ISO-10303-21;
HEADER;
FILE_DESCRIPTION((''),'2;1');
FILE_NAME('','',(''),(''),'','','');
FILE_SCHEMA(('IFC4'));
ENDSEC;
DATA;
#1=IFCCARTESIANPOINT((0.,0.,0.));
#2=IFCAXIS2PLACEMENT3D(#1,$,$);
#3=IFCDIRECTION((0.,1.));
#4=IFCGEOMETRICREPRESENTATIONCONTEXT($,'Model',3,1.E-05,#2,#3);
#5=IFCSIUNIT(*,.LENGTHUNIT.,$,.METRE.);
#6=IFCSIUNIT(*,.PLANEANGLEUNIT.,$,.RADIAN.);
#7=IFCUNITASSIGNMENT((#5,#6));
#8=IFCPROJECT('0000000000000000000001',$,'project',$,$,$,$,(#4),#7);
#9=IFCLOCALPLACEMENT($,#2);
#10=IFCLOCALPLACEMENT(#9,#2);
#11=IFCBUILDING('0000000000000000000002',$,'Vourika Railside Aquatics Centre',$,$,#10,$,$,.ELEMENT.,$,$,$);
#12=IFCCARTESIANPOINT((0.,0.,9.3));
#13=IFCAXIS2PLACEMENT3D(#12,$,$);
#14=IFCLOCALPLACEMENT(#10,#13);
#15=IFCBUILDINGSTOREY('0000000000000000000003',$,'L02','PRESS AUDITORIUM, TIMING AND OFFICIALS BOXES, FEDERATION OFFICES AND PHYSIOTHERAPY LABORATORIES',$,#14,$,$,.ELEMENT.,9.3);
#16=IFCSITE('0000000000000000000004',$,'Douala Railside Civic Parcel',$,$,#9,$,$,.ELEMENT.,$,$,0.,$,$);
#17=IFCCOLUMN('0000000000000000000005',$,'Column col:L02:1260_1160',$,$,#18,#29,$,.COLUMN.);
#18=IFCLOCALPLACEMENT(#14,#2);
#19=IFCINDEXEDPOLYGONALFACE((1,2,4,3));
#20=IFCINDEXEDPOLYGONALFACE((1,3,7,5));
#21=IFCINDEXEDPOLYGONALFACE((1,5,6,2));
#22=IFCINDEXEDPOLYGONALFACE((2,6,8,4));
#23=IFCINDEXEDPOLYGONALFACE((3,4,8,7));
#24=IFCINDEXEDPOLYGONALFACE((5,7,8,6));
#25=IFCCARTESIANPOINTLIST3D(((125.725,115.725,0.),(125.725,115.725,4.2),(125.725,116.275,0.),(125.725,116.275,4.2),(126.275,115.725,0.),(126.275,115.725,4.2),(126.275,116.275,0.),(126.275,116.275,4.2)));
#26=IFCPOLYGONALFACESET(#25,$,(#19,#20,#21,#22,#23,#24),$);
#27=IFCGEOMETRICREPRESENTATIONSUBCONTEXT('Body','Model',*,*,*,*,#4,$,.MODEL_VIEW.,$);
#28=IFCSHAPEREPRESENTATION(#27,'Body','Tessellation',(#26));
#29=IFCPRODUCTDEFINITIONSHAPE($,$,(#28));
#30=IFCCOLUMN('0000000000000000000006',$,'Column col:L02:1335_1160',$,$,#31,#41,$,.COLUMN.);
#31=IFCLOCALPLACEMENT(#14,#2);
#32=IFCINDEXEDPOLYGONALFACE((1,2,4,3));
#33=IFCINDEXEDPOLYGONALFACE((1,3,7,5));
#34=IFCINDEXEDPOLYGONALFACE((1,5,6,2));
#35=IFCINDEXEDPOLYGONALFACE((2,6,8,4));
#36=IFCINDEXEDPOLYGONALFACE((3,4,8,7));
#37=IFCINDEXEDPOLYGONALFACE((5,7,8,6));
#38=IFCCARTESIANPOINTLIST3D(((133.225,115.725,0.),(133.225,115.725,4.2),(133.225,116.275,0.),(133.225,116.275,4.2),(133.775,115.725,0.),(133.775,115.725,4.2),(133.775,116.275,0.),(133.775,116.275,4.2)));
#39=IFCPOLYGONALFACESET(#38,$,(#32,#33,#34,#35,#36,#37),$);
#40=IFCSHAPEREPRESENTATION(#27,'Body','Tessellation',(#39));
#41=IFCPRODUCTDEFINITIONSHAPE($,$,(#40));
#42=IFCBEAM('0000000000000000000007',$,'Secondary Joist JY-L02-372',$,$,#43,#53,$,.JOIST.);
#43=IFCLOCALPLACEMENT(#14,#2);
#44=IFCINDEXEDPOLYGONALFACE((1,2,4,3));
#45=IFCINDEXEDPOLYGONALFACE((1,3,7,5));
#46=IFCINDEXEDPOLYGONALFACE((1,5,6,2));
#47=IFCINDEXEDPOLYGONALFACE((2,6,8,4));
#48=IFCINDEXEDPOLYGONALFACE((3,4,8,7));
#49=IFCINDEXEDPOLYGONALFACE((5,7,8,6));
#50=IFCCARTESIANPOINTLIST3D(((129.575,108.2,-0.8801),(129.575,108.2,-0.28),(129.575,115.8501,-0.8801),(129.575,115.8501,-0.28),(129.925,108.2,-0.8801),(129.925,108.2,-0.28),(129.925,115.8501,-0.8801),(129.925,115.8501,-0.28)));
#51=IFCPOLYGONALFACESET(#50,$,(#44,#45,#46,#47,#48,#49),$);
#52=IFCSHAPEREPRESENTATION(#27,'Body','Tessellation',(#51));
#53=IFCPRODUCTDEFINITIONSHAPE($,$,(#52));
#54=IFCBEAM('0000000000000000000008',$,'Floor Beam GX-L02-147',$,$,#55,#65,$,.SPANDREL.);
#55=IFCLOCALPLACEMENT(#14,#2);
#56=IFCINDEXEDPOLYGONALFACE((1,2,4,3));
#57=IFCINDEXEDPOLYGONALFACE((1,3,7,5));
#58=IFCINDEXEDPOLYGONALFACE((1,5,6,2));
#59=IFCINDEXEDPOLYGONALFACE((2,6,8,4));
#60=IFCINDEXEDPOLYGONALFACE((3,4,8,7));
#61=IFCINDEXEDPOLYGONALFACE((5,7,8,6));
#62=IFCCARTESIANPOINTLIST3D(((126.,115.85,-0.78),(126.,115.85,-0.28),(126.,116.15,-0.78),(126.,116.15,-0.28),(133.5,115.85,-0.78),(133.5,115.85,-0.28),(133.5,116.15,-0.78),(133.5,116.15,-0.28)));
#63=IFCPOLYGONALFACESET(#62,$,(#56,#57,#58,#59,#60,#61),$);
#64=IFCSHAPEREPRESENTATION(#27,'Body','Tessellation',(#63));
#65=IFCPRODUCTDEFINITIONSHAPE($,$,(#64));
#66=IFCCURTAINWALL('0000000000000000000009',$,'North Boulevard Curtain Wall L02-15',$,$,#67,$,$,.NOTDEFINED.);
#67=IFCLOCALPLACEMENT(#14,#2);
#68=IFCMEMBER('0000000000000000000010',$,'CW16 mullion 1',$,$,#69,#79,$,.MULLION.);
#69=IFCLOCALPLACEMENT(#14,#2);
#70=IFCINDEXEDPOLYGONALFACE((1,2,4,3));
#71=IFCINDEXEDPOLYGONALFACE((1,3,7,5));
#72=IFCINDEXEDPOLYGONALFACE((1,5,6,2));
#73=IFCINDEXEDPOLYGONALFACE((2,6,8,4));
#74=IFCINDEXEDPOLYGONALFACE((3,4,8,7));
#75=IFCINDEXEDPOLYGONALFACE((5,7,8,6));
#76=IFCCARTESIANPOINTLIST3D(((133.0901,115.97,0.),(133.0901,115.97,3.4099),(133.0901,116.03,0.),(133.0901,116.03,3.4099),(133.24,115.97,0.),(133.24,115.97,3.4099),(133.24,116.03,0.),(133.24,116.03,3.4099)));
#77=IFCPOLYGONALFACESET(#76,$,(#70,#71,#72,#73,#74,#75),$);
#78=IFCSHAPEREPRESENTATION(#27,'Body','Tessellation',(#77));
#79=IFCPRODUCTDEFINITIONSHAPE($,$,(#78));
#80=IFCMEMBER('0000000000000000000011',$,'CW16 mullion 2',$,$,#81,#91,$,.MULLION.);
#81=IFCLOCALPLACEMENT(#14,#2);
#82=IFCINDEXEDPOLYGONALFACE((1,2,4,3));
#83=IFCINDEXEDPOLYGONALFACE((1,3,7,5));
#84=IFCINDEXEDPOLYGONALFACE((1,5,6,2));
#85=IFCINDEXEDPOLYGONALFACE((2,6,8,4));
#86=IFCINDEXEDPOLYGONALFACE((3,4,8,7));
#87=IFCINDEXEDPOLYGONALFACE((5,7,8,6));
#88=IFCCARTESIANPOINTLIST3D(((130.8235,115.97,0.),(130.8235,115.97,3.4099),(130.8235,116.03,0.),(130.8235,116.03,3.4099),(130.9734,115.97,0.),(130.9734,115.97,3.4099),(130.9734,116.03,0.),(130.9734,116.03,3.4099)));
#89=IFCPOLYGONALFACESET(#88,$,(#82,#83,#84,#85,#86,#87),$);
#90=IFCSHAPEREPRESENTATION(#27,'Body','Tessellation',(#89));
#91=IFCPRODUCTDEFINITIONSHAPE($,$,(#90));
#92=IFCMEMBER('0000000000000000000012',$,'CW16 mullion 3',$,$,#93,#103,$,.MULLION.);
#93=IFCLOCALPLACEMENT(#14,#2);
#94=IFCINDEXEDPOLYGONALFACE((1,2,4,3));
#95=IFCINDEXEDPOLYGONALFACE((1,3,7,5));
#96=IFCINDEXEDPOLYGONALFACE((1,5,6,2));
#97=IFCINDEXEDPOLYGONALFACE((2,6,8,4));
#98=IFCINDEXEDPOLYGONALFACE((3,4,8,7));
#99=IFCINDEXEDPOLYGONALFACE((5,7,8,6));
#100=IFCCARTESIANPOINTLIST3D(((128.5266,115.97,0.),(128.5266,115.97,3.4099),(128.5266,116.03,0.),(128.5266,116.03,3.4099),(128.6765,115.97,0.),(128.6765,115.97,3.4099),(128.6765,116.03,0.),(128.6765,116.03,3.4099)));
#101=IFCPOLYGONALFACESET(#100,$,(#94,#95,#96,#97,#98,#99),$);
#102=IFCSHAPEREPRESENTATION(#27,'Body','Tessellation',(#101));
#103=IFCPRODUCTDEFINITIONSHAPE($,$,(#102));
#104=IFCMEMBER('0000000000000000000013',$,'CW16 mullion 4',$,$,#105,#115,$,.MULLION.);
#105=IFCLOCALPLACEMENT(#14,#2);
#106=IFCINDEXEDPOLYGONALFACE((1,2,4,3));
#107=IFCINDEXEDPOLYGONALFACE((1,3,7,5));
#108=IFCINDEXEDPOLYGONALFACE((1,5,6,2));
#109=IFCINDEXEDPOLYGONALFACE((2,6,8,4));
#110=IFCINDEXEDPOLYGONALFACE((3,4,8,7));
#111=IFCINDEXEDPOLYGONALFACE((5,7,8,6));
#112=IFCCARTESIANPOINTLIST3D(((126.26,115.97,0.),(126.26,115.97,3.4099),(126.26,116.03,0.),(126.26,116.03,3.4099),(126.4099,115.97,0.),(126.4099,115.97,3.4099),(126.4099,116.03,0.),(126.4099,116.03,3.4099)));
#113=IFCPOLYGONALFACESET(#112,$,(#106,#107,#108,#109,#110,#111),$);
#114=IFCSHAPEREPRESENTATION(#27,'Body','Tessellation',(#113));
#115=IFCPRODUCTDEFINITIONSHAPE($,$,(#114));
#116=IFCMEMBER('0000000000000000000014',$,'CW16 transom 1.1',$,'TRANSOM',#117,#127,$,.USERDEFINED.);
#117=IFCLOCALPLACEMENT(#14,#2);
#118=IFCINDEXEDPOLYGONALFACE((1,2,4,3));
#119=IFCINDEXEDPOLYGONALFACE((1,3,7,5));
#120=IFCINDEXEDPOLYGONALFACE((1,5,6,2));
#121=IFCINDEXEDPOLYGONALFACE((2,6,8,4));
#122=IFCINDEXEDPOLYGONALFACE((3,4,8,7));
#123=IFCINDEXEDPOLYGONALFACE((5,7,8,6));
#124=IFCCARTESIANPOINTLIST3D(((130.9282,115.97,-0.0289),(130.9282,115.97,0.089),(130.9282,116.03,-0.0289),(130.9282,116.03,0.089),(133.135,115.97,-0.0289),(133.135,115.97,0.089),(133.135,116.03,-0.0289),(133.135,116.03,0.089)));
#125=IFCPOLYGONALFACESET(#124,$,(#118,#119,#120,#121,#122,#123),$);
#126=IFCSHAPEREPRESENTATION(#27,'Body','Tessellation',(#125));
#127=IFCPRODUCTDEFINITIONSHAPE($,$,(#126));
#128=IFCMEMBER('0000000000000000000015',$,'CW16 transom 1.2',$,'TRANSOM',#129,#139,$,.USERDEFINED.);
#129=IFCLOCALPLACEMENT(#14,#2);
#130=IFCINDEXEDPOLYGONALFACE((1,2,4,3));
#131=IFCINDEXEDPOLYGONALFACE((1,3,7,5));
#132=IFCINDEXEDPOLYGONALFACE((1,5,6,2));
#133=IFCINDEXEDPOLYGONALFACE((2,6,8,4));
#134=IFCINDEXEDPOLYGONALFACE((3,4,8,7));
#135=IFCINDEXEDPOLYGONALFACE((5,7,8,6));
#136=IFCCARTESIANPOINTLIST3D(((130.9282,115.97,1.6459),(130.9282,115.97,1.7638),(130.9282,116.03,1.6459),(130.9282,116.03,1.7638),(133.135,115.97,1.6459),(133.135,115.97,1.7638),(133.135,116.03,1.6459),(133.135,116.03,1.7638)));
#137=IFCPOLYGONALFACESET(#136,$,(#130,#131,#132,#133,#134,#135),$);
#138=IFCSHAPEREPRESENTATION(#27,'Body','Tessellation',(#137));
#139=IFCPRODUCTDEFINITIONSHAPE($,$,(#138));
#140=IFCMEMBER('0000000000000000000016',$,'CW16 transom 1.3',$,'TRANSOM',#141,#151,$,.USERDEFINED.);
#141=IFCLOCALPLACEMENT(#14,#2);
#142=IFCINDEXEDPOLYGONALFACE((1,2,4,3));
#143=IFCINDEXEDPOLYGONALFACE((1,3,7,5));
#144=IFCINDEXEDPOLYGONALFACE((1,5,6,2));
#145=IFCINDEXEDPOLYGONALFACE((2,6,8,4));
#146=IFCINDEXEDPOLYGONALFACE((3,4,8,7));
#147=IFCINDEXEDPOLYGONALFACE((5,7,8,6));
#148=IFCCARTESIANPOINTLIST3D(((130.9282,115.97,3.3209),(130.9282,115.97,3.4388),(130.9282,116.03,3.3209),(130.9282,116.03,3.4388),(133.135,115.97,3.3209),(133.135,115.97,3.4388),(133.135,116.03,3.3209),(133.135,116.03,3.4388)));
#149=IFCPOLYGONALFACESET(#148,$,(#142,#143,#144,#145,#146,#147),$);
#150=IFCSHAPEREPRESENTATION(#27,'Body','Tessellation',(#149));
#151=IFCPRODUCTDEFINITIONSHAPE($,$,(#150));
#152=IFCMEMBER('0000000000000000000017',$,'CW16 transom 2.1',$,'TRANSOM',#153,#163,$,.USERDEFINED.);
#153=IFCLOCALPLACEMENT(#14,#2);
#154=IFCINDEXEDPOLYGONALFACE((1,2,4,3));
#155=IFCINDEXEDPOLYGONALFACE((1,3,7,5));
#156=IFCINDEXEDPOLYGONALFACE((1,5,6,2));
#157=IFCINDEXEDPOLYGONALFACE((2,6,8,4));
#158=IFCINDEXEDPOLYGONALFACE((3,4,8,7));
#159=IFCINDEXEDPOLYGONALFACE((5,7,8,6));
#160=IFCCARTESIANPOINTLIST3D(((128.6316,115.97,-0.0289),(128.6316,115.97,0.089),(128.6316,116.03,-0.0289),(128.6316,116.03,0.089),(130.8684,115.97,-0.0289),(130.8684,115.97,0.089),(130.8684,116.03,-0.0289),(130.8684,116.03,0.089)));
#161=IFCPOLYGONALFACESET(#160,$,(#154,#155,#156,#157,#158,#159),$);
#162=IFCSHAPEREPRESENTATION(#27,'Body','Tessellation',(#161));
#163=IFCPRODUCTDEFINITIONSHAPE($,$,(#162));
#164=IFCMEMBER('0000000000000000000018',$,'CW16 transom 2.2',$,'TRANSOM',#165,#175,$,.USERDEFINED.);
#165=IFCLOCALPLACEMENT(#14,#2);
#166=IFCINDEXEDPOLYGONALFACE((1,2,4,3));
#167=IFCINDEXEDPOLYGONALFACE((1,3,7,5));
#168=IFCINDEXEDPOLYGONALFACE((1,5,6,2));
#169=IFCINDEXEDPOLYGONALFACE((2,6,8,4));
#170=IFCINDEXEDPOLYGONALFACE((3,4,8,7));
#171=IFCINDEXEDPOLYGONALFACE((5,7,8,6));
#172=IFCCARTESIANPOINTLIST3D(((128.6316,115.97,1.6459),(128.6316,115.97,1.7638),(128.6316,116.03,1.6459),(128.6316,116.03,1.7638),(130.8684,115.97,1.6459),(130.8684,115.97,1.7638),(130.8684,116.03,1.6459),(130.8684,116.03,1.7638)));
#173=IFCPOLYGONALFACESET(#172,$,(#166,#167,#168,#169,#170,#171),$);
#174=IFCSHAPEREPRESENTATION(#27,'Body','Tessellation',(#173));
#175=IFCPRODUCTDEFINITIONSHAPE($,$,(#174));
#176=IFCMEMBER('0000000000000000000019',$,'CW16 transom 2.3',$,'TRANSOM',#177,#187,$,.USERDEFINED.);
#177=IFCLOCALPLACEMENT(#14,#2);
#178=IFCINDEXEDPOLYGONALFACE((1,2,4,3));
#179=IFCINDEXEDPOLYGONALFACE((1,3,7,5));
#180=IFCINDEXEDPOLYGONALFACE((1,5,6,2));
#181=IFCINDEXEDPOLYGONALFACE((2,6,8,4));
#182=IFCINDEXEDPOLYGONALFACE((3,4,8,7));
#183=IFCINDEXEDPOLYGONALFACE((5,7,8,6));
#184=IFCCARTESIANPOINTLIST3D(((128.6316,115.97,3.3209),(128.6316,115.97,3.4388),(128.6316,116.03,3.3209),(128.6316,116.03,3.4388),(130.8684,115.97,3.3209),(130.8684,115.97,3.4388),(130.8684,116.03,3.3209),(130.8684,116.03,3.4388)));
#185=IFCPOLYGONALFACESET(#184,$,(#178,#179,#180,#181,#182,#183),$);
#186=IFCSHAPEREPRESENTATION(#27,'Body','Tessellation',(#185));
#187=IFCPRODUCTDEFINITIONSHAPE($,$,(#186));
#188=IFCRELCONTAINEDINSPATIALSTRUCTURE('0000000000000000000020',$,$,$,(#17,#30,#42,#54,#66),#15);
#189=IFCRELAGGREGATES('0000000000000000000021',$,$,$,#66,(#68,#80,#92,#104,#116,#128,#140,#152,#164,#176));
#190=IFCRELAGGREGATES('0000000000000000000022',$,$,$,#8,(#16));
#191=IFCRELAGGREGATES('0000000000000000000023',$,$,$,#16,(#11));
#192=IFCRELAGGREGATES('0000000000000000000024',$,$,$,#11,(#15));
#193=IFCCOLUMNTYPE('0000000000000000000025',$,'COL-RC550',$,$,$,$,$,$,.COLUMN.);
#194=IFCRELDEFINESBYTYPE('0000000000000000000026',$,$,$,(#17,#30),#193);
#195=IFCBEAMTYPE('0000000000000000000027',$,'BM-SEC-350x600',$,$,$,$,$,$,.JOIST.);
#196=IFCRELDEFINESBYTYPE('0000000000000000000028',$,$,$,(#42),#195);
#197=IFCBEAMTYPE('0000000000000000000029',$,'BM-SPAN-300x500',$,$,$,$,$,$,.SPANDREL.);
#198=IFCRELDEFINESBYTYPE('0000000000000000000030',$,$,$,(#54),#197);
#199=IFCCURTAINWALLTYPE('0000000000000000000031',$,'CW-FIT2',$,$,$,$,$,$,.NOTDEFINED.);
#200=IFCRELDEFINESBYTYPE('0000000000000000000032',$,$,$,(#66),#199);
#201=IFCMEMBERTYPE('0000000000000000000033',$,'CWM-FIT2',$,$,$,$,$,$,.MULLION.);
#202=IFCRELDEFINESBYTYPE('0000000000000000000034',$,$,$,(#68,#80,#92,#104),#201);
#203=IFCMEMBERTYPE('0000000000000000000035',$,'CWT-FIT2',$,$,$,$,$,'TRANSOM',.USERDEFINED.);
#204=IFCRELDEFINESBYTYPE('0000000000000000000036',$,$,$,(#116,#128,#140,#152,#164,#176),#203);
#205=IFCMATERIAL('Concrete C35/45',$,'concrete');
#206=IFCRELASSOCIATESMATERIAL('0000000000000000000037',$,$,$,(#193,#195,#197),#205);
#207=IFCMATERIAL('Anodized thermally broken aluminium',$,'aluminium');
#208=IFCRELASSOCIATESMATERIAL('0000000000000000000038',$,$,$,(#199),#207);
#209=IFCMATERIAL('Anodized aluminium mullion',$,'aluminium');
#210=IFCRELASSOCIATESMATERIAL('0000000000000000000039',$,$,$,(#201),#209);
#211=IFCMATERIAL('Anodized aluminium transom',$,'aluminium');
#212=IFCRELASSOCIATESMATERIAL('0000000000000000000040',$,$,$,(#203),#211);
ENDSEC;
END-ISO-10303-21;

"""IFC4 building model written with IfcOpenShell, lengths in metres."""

from ifc_helpers import new_model, si_unit, direction, frame, origin, origin_2d, place, context, subcontext, project, spatial, rectangle, extrude, material, material_profile, profile_set, type_object, element, aggregate, save


model = new_model("IFC4")

# Units and contexts
model_context = context("Model", 3, precision=1e-05, world=origin(), true_north=direction((0.0, 1.0)))
body_context = subcontext(model_context, "Body", "Model", "MODEL_VIEW")
ifc_project = project(units=[si_unit("LENGTHUNIT", "METRE"), si_unit("PLANEANGLEUNIT", "RADIAN")], contexts=[model_context])

# Site, building, storey
site_placement = place(None, origin())
site = spatial("IfcSite", under=ifc_project, at=site_placement, Name="Douala Railside Civic Parcel", CompositionType="ELEMENT", RefElevation=0.0)
building_placement = place(site_placement, origin())
building = spatial("IfcBuilding", under=site, at=building_placement, Name="Vourika Railside Aquatics Centre", CompositionType="ELEMENT")
storey_placement = place(building_placement, frame((0.0, 0.0, 9.3)))
storey = spatial("IfcBuildingStorey", under=building, at=storey_placement, Name="L02", Description="PRESS AUDITORIUM, TIMING AND OFFICIALS BOXES, FEDERATION OFFICES AND PHYSIOTHERAPY LABORATORIES", CompositionType="ELEMENT", Elevation=9.3)

# Columns
ifc_material_1 = material(Name="Concrete C35/45", Category="concrete")
ifc_material_profile_1 = material_profile(ifc_material_1, rectangle(XDim=0.55, YDim=0.55, at=origin_2d()), Name="RC 550x550")
ifc_profile_set_1 = profile_set([ifc_material_profile_1], Name="Concrete C35/45")
column_type = type_object("IfcColumnType", Name="COL-RC550", PredefinedType="COLUMN", material=ifc_profile_set_1)
for number, where, z_axis, x_axis, name in (
    (1, (126.0, 116.0, 0.0), (0.0, 0.0, 1.0), (1.0, 0.0, 0.0), "Column col:L02:1260_1160"),
    (2, (133.5, 116.0, 0.0), (0.0, 0.0, 1.0), (1.0, 0.0, 0.0), "Column col:L02:1335_1160"),
):
    element("IfcColumn", number, at=place(storey_placement, frame(where, z_axis=z_axis, x_axis=x_axis)), inside=storey, type_object=column_type, Name=name, PredefinedType="COLUMN", context=body_context, shape_type="SweptSolid", body=[
        extrude(rectangle(XDim=0.55, YDim=0.55, at=origin_2d()), origin(), (0.0, 0.0, 1.0), 4.2),
    ])

# Beams
ifc_material_profile_2 = material_profile(ifc_material_1, rectangle(XDim=0.3501, YDim=0.6001, at=origin_2d()), Name="RC 350x600")
ifc_profile_set_2 = profile_set([ifc_material_profile_2], Name="Concrete C35/45")
beam_type_1 = type_object("IfcBeamType", Name="BM-SEC-350x600", PredefinedType="JOIST", material=ifc_profile_set_2)
beam_1_placement = place(storey_placement, frame((129.75, 108.2, -0.5801), z_axis=(0.0, 1.0, 0.0), x_axis=(-1.0, 0.0, 0.0)))
element("IfcBeam", 3, at=beam_1_placement, inside=storey, type_object=beam_type_1, Name="Secondary Joist JY-L02-372", PredefinedType="JOIST", context=body_context, shape_type="SweptSolid", body=[
    extrude(rectangle(XDim=0.3501, YDim=0.6001, at=origin_2d()), origin(), (0.0, 0.0, 1.0), 7.6501),
])
ifc_material_profile_3 = material_profile(ifc_material_1, rectangle(XDim=0.3, YDim=0.5, at=origin_2d()), Name="RC 300x500")
ifc_profile_set_3 = profile_set([ifc_material_profile_3], Name="Concrete C35/45")
beam_type_2 = type_object("IfcBeamType", Name="BM-SPAN-300x500", PredefinedType="SPANDREL", material=ifc_profile_set_3)
beam_2_placement = place(storey_placement, frame((126.0, 116.0, -0.53), z_axis=(1.0, 0.0, 0.0), x_axis=(0.0, 1.0, 0.0)))
element("IfcBeam", 4, at=beam_2_placement, inside=storey, type_object=beam_type_2, Name="Floor Beam GX-L02-147", PredefinedType="SPANDREL", context=body_context, shape_type="SweptSolid", body=[
    extrude(rectangle(XDim=0.3, YDim=0.5, at=origin_2d()), origin(), (0.0, 0.0, 1.0), 7.5),
])

# Curtain wall, members
ifc_material_2 = material(Name="Anodized thermally broken aluminium", Category="aluminium")
curtain_wall_type = type_object("IfcCurtainWallType", Name="CW-FIT2", PredefinedType="NOTDEFINED", material=ifc_material_2)
curtain_wall_placement = place(storey_placement, origin())
curtain_wall = element("IfcCurtainWall", 5, at=curtain_wall_placement, inside=storey, type_object=curtain_wall_type, Name="North Boulevard Curtain Wall L02-15", PredefinedType="NOTDEFINED")
ifc_material_3 = material(Name="Anodized aluminium mullion", Category="aluminium")
ifc_material_profile_4 = material_profile(ifc_material_3, rectangle(XDim=0.0601, YDim=0.1499, at=origin_2d()), Name="ALU-M 60x150")
ifc_profile_set_4 = profile_set([ifc_material_profile_4], Name="Anodized aluminium mullion")
member_type_1 = type_object("IfcMemberType", Name="CWM-FIT2", PredefinedType="MULLION", material=ifc_profile_set_4)
member_1_placement = place(storey_placement, frame((133.165, 116.0, 0.0), z_axis=(0.0, 0.0, 1.0), x_axis=(0.0, -1.0, 0.0)))
member_1 = element("IfcMember", 6, at=member_1_placement, type_object=member_type_1, Name="CW16 mullion 1", PredefinedType="MULLION", context=body_context, shape_type="SweptSolid", body=[
    extrude(rectangle(XDim=0.0601, YDim=0.1499, at=origin_2d()), origin(), (0.0, 0.0, 1.0), 3.4099),
])
member_2_placement = place(storey_placement, frame((130.8984, 116.0, 0.0), z_axis=(0.0, 0.0, 1.0), x_axis=(0.0, -1.0, 0.0)))
member_2 = element("IfcMember", 7, at=member_2_placement, type_object=member_type_1, Name="CW16 mullion 2", PredefinedType="MULLION", context=body_context, shape_type="SweptSolid", body=[
    extrude(rectangle(XDim=0.0601, YDim=0.1499, at=origin_2d()), origin(), (0.0, 0.0, 1.0), 3.4099),
])
member_3_placement = place(storey_placement, frame((128.6016, 116.0, 0.0), z_axis=(0.0, 0.0, 1.0), x_axis=(0.0, -1.0, 0.0)))
member_3 = element("IfcMember", 8, at=member_3_placement, type_object=member_type_1, Name="CW16 mullion 3", PredefinedType="MULLION", context=body_context, shape_type="SweptSolid", body=[
    extrude(rectangle(XDim=0.0601, YDim=0.1499, at=origin_2d()), origin(), (0.0, 0.0, 1.0), 3.4099),
])
member_4_placement = place(storey_placement, frame((126.335, 116.0, 0.0), z_axis=(0.0, 0.0, 1.0), x_axis=(0.0, -1.0, 0.0)))
member_4 = element("IfcMember", 9, at=member_4_placement, type_object=member_type_1, Name="CW16 mullion 4", PredefinedType="MULLION", context=body_context, shape_type="SweptSolid", body=[
    extrude(rectangle(XDim=0.0601, YDim=0.1499, at=origin_2d()), origin(), (0.0, 0.0, 1.0), 3.4099),
])
ifc_material_4 = material(Name="Anodized aluminium transom", Category="aluminium")
ifc_material_profile_5 = material_profile(ifc_material_4, rectangle(XDim=0.0601, YDim=0.1179, at=origin_2d()), Name="ALU-T 60x118")
ifc_profile_set_5 = profile_set([ifc_material_profile_5], Name="Anodized aluminium transom")
member_type_2 = type_object("IfcMemberType", Name="CWT-FIT2", ElementType="TRANSOM", PredefinedType="USERDEFINED", material=ifc_profile_set_5)
member_5_placement = place(storey_placement, frame((133.135, 116.0, 0.03), z_axis=(-1.0, 0.0, 0.0), x_axis=(0.0, -1.0, 0.0)))
member_5 = element("IfcMember", 10, at=member_5_placement, type_object=member_type_2, Name="CW16 transom 1.1", ObjectType="TRANSOM", PredefinedType="USERDEFINED", context=body_context, shape_type="SweptSolid", body=[
    extrude(rectangle(XDim=0.0601, YDim=0.1179, at=origin_2d()), origin(), (0.0, 0.0, 1.0), 2.2068),
])
member_6_placement = place(storey_placement, frame((133.135, 116.0, 1.7048), z_axis=(-1.0, 0.0, 0.0), x_axis=(0.0, -1.0, 0.0)))
member_6 = element("IfcMember", 11, at=member_6_placement, type_object=member_type_2, Name="CW16 transom 1.2", ObjectType="TRANSOM", PredefinedType="USERDEFINED", context=body_context, shape_type="SweptSolid", body=[
    extrude(rectangle(XDim=0.0601, YDim=0.1179, at=origin_2d()), origin(), (0.0, 0.0, 1.0), 2.2068),
])
member_7_placement = place(storey_placement, frame((133.135, 116.0, 3.3799), z_axis=(-1.0, 0.0, 0.0), x_axis=(0.0, -1.0, 0.0)))
member_7 = element("IfcMember", 12, at=member_7_placement, type_object=member_type_2, Name="CW16 transom 1.3", ObjectType="TRANSOM", PredefinedType="USERDEFINED", context=body_context, shape_type="SweptSolid", body=[
    extrude(rectangle(XDim=0.0601, YDim=0.1179, at=origin_2d()), origin(), (0.0, 0.0, 1.0), 2.2068),
])
member_8_placement = place(storey_placement, frame((130.8684, 116.0, 0.03), z_axis=(-1.0, 0.0, 0.0), x_axis=(0.0, -1.0, 0.0)))
member_8 = element("IfcMember", 13, at=member_8_placement, type_object=member_type_2, Name="CW16 transom 2.1", ObjectType="TRANSOM", PredefinedType="USERDEFINED", context=body_context, shape_type="SweptSolid", body=[
    extrude(rectangle(XDim=0.0601, YDim=0.1179, at=origin_2d()), origin(), (0.0, 0.0, 1.0), 2.2368),
])
member_9_placement = place(storey_placement, frame((130.8684, 116.0, 1.7048), z_axis=(-1.0, 0.0, 0.0), x_axis=(0.0, -1.0, 0.0)))
member_9 = element("IfcMember", 14, at=member_9_placement, type_object=member_type_2, Name="CW16 transom 2.2", ObjectType="TRANSOM", PredefinedType="USERDEFINED", context=body_context, shape_type="SweptSolid", body=[
    extrude(rectangle(XDim=0.0601, YDim=0.1179, at=origin_2d()), origin(), (0.0, 0.0, 1.0), 2.2368),
])
member_10_placement = place(storey_placement, frame((130.8684, 116.0, 3.3799), z_axis=(-1.0, 0.0, 0.0), x_axis=(0.0, -1.0, 0.0)))
member_10 = element("IfcMember", 15, at=member_10_placement, type_object=member_type_2, Name="CW16 transom 2.3", ObjectType="TRANSOM", PredefinedType="USERDEFINED", context=body_context, shape_type="SweptSolid", body=[
    extrude(rectangle(XDim=0.0601, YDim=0.1179, at=origin_2d()), origin(), (0.0, 0.0, 1.0), 2.2368),
])
aggregate(curtain_wall, [member_1, member_2, member_3, member_4, member_5, member_6, member_7, member_8, member_9, member_10])

save(model, "model.ifc")
